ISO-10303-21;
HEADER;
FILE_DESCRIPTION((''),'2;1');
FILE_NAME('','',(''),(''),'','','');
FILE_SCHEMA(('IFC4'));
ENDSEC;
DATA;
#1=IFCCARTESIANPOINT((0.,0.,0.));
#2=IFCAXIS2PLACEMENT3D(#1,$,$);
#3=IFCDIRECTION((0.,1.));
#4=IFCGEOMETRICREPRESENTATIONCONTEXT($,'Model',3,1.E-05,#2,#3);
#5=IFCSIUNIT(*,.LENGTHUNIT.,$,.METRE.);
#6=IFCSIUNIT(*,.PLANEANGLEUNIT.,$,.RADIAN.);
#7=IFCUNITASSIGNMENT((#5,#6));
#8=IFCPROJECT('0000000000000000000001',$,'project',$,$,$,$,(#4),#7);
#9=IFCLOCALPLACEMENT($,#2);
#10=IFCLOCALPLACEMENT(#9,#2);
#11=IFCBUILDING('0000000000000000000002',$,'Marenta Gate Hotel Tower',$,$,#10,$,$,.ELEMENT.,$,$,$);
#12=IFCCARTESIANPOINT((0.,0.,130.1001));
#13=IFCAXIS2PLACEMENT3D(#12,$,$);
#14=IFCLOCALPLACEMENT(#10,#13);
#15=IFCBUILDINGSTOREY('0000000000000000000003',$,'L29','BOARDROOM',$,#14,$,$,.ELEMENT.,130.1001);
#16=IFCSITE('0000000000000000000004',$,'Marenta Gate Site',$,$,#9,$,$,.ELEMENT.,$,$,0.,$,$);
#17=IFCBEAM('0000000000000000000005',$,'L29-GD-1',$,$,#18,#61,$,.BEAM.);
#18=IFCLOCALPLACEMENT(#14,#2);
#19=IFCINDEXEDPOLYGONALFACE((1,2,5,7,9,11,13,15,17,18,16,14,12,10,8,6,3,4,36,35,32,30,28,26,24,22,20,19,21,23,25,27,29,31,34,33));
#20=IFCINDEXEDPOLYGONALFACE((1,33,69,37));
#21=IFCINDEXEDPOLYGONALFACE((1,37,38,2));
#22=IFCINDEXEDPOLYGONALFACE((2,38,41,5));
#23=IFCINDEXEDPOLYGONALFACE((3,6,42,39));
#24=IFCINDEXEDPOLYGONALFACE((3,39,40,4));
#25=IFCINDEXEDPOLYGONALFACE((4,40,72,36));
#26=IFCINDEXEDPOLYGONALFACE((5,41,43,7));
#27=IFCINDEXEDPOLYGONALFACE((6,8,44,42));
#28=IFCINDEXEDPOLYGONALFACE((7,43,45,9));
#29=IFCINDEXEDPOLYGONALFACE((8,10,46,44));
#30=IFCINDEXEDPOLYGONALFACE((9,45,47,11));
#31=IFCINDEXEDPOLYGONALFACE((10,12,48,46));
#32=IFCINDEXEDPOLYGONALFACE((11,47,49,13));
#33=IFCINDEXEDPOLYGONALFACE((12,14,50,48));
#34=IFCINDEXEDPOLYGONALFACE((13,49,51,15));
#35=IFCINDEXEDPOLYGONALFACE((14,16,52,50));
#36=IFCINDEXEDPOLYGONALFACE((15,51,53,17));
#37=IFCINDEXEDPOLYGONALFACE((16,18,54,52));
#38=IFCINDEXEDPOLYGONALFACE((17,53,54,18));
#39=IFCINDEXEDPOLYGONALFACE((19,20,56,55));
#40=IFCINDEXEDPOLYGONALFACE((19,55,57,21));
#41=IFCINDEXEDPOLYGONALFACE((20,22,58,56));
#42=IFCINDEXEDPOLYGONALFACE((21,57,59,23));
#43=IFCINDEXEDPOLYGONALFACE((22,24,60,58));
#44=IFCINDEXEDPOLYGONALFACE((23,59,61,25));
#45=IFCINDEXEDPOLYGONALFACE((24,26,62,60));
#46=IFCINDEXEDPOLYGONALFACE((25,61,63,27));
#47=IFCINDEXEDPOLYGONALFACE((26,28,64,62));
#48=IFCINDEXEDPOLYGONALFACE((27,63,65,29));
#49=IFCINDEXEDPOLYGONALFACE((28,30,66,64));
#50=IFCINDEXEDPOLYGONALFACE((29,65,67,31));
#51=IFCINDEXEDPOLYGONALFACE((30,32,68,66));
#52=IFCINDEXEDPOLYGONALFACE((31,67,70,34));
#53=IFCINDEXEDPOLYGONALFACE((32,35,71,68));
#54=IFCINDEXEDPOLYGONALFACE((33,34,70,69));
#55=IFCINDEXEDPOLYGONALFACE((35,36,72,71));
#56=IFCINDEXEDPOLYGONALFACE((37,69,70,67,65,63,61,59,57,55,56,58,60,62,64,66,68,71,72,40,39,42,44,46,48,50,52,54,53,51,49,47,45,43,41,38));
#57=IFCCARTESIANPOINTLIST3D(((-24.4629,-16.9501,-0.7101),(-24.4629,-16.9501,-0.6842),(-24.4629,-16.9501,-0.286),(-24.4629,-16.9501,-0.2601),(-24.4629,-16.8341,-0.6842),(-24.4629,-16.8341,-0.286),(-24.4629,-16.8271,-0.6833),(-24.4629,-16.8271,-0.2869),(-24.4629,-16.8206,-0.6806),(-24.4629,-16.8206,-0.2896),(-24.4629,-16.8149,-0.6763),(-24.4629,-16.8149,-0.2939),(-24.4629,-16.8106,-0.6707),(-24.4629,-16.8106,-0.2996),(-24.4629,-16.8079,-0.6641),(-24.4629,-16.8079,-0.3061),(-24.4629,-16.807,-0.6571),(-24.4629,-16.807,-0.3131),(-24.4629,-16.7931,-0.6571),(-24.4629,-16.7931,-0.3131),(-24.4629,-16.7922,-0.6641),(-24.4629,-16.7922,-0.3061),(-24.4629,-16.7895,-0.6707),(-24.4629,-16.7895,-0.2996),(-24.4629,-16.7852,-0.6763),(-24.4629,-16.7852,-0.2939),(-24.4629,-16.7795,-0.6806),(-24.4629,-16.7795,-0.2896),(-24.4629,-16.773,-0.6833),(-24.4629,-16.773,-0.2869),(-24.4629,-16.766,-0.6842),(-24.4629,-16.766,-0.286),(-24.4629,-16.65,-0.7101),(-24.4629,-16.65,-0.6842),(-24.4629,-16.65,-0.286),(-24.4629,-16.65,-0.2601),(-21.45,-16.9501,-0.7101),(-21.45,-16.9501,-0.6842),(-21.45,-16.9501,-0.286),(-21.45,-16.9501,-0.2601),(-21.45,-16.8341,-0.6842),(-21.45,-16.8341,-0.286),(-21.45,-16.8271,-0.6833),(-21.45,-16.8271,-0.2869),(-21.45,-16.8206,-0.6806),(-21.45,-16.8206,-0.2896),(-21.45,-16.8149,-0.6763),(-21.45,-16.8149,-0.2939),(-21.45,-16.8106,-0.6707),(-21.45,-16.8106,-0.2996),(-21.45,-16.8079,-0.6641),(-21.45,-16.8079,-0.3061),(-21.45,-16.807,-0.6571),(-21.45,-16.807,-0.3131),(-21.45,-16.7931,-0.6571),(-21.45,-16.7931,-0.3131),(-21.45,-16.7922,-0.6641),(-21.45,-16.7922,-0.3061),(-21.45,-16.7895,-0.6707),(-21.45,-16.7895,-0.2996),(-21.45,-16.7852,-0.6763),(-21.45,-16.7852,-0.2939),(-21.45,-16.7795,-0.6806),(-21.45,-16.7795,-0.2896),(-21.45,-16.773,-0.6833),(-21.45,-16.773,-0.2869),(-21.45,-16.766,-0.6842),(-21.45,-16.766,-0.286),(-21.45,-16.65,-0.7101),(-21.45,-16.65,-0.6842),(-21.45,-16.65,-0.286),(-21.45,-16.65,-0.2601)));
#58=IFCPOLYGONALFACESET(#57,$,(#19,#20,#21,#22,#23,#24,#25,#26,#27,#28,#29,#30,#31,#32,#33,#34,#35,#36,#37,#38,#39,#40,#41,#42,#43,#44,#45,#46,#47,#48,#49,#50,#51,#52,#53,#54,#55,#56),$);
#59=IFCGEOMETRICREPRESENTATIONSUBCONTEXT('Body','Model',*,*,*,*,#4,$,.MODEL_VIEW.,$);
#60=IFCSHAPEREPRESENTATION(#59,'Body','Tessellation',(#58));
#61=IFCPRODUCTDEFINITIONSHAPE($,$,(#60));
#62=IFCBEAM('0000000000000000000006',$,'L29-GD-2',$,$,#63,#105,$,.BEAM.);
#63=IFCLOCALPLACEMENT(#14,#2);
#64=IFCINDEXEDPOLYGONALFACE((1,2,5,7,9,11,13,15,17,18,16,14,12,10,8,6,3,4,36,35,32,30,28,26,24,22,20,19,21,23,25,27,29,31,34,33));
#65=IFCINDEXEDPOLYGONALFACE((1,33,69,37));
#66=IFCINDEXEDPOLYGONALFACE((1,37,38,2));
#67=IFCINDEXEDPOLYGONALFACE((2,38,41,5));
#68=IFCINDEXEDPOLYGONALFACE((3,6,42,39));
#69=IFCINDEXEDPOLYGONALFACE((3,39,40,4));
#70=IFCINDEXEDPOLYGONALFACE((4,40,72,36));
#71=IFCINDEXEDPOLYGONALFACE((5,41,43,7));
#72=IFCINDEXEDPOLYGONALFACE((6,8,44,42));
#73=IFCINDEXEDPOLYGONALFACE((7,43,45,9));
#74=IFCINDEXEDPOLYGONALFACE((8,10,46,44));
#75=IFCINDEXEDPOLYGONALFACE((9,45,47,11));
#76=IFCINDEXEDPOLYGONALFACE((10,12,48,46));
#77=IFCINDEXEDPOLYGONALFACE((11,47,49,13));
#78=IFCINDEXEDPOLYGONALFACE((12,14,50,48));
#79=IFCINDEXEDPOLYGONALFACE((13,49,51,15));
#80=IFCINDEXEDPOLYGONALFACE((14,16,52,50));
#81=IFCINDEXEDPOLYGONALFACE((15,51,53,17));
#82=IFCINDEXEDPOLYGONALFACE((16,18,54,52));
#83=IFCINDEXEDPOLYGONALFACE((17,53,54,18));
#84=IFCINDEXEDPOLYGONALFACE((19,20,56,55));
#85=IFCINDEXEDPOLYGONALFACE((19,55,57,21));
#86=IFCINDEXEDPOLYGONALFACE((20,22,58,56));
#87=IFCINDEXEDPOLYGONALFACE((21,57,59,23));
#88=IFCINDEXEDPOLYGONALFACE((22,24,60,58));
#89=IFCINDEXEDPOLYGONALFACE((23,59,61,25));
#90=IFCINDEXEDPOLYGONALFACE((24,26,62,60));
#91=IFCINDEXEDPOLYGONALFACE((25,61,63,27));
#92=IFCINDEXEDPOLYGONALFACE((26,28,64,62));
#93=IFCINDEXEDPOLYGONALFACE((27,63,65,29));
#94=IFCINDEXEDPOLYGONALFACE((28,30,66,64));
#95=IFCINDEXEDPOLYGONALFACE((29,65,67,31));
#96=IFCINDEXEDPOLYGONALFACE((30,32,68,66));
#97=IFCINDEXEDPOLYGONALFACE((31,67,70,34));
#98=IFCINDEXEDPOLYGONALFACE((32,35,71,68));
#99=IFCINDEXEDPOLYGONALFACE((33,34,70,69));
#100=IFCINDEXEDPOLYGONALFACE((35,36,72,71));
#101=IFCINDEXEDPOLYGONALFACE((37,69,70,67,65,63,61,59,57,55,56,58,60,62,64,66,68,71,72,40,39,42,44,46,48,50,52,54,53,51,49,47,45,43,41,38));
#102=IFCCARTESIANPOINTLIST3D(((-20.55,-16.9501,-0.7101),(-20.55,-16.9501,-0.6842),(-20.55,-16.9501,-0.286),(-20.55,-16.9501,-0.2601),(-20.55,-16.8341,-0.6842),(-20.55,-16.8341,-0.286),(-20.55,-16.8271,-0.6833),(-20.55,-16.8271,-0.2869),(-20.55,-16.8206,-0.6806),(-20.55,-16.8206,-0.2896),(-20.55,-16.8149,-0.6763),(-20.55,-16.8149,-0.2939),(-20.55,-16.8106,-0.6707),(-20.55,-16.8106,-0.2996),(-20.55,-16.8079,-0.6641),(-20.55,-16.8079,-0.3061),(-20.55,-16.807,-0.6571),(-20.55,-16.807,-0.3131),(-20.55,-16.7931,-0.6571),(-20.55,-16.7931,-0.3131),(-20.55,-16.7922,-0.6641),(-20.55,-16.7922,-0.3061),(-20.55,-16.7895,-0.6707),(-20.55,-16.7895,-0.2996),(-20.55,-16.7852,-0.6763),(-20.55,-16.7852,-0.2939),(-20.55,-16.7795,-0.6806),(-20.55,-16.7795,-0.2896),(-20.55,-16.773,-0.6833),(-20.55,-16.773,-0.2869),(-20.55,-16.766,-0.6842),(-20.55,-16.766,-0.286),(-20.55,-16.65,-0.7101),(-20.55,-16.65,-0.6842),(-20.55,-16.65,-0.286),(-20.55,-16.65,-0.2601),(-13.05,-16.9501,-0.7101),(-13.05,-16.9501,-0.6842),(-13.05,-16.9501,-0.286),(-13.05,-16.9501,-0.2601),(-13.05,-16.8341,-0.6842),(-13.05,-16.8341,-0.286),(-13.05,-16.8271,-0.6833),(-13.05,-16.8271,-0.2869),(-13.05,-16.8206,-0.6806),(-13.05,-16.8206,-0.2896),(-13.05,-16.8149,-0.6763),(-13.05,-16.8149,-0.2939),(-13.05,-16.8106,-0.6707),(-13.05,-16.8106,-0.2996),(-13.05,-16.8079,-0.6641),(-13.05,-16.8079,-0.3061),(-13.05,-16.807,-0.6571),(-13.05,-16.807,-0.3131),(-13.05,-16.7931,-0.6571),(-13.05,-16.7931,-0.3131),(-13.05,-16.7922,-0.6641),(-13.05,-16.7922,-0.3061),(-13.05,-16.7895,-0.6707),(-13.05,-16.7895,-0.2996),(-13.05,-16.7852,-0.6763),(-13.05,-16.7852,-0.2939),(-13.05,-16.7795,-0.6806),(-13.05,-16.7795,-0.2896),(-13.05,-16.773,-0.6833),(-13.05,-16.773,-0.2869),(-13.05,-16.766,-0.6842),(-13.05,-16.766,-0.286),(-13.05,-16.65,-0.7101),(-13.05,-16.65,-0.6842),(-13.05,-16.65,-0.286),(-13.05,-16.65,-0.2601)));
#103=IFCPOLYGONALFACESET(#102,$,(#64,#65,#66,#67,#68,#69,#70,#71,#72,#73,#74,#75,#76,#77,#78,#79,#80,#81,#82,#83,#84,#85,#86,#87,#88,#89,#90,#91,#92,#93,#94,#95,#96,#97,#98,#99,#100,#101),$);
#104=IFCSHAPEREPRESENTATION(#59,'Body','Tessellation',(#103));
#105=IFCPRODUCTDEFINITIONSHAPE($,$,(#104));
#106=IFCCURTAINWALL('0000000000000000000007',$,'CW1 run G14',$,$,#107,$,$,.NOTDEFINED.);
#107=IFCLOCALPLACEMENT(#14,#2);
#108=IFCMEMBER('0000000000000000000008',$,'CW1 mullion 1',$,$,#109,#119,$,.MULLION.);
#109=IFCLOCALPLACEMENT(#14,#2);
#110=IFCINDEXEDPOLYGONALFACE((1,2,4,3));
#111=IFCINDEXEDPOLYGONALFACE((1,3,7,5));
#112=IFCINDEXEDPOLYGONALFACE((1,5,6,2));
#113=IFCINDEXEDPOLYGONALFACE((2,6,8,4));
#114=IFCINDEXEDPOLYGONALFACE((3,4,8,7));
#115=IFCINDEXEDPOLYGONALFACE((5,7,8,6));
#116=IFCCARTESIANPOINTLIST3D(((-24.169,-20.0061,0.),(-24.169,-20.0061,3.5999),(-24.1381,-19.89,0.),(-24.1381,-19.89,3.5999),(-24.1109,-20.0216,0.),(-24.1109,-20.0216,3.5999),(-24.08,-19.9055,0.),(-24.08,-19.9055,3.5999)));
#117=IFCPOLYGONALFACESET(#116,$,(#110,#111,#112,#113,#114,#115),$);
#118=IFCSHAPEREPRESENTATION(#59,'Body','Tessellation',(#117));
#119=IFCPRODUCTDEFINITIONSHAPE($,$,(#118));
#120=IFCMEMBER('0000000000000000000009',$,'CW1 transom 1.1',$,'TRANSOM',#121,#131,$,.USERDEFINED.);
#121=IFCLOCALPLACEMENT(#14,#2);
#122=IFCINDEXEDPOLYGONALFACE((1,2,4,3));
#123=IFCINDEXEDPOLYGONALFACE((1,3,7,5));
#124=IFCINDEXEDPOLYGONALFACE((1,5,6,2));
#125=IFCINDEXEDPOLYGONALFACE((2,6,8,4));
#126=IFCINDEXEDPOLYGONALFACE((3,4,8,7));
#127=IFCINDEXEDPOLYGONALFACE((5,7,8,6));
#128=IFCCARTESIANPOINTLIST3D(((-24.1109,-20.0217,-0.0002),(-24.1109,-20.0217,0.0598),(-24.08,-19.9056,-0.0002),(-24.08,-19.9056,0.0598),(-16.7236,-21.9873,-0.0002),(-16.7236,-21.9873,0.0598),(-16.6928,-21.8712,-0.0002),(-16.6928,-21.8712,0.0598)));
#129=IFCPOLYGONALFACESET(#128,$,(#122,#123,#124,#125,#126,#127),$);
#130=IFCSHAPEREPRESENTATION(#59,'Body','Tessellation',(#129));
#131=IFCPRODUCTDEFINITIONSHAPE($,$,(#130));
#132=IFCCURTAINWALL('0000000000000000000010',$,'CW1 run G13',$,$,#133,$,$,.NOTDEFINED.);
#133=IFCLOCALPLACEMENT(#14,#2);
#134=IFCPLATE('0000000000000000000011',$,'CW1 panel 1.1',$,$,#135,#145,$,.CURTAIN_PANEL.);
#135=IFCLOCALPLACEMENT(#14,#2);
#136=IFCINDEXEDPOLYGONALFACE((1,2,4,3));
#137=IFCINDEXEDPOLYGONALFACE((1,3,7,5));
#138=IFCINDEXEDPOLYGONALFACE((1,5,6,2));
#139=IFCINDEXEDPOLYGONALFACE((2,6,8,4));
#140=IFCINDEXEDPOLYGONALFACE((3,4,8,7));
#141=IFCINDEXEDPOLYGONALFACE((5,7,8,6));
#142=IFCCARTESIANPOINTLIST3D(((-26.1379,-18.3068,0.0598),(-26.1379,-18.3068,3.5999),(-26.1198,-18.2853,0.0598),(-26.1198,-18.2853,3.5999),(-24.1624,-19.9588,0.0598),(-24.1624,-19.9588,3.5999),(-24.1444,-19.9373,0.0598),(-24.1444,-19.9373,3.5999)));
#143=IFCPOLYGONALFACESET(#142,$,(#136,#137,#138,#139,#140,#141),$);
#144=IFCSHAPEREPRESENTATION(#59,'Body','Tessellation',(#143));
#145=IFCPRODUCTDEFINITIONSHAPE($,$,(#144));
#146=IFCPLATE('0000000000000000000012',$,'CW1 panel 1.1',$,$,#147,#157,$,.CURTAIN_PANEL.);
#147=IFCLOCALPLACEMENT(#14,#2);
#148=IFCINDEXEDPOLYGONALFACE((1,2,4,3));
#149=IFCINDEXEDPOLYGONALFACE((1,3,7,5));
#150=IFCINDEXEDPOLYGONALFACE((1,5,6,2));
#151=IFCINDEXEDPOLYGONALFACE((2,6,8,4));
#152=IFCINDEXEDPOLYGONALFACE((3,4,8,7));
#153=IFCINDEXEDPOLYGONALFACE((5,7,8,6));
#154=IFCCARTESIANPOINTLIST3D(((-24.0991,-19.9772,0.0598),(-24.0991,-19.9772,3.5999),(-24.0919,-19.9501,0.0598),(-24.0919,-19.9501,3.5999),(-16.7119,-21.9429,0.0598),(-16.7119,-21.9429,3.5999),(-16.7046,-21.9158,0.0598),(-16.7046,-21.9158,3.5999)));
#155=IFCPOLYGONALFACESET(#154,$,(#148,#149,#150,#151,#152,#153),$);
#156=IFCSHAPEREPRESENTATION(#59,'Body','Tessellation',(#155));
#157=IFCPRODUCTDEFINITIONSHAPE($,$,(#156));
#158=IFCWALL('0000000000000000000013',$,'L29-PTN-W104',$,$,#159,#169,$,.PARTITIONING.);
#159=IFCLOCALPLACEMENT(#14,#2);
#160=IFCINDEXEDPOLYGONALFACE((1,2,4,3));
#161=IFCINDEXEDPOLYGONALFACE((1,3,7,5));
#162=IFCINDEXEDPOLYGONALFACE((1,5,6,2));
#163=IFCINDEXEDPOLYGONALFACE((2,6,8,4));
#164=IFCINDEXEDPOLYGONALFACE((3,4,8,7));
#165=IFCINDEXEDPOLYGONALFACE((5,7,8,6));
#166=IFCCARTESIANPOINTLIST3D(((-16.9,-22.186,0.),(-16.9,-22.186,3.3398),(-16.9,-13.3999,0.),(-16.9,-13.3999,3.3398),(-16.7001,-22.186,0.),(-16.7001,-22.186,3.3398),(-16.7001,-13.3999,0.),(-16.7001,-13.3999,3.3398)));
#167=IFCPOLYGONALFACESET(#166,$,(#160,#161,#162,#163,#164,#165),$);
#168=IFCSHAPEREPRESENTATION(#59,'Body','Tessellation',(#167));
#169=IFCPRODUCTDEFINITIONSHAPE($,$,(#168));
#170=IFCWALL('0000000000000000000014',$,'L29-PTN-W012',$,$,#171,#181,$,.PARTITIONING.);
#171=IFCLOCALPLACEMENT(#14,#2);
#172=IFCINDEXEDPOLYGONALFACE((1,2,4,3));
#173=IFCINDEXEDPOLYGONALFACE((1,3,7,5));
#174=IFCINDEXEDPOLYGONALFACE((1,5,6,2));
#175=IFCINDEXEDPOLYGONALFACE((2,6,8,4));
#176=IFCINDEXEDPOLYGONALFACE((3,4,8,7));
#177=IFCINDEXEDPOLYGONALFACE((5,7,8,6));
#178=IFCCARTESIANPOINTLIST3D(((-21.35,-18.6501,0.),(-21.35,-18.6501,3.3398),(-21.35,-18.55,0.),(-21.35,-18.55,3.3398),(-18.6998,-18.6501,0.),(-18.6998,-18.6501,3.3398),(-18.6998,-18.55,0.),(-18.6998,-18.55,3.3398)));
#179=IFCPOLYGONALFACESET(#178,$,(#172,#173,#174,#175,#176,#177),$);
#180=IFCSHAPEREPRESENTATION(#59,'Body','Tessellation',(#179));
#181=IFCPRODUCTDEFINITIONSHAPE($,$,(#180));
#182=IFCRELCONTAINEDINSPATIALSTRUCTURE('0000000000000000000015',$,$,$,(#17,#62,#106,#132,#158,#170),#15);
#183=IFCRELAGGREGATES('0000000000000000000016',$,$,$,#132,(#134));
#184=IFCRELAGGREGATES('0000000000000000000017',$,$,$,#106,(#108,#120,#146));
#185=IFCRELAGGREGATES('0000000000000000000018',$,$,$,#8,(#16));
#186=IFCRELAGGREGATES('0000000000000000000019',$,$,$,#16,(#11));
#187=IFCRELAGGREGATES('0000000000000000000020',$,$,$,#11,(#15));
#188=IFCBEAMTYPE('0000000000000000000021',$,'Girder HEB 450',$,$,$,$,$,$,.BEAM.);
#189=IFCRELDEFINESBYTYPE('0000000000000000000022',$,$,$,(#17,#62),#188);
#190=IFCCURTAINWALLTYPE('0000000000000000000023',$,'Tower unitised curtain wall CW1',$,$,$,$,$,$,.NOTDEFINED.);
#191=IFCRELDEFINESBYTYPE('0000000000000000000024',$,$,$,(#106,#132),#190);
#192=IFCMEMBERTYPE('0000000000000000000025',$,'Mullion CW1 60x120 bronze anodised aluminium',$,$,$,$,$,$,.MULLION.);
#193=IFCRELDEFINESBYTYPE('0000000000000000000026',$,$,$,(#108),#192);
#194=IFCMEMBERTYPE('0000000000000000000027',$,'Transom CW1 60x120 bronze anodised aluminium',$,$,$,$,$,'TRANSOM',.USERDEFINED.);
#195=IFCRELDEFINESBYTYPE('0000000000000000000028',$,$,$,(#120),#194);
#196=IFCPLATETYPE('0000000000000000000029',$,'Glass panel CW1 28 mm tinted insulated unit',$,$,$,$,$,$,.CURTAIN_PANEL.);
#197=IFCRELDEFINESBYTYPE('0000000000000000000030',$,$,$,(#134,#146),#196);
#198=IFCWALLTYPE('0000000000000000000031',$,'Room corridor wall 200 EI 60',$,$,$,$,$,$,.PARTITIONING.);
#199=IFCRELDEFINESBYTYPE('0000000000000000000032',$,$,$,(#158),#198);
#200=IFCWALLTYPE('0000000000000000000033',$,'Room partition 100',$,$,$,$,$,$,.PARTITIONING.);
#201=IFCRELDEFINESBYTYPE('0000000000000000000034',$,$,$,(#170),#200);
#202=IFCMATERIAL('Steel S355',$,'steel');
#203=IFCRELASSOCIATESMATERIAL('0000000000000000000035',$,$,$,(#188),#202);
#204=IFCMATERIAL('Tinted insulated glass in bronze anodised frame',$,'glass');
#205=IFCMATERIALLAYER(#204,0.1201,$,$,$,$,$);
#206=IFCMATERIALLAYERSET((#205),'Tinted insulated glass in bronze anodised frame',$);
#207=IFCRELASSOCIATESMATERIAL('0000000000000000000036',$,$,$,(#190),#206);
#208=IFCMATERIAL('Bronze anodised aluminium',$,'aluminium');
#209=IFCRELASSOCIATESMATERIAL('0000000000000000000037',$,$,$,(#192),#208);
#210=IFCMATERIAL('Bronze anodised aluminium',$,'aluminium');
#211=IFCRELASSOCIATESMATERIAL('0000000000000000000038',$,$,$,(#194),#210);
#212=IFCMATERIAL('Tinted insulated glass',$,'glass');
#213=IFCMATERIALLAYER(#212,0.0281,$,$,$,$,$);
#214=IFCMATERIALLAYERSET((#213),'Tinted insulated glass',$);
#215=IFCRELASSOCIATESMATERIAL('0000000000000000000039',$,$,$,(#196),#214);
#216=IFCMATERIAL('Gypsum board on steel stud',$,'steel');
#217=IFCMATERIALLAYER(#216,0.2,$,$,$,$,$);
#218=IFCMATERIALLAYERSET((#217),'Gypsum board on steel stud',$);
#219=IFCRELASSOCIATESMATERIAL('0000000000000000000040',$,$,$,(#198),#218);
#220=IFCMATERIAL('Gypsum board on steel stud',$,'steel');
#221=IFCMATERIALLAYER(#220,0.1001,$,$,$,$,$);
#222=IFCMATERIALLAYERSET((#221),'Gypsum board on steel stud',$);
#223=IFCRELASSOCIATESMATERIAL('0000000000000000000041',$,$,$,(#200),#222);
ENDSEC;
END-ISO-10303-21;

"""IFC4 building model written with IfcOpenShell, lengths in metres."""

from ifc_helpers import new_model, si_unit, direction, frame, frame_2d, origin, origin_2d, place, context, subcontext, project, spatial, rectangle, i_section, extrude, material, layer, layer_set, material_profile, profile_set, type_object, element, aggregate, save


model = new_model("IFC4")

# Units and contexts
model_context = context("Model", 3, precision=1e-05, world=origin(), true_north=direction((0.0, 1.0)))
body_context = subcontext(model_context, "Body", "Model", "MODEL_VIEW")
ifc_project = project(units=[si_unit("LENGTHUNIT", "METRE"), si_unit("PLANEANGLEUNIT", "RADIAN")], contexts=[model_context])

# Site, building, storey
site_placement = place(None, origin())
site = spatial("IfcSite", under=ifc_project, at=site_placement, Name="Marenta Gate Site", CompositionType="ELEMENT", RefElevation=0.0)
building_placement = place(site_placement, origin())
building = spatial("IfcBuilding", under=site, at=building_placement, Name="Marenta Gate Hotel Tower", CompositionType="ELEMENT")
storey_placement = place(building_placement, frame((0.0, 0.0, 130.1001)))
storey = spatial("IfcBuildingStorey", under=building, at=storey_placement, Name="L29", Description="BOARDROOM", CompositionType="ELEMENT", Elevation=130.1001)

# Beams
ifc_material_1 = material(Name="Steel S355", Category="steel")
ifc_material_profile_1 = material_profile(ifc_material_1, i_section(OverallWidth=0.3, OverallDepth=0.45, WebThickness=0.0139, FlangeThickness=0.0259, FilletRadius=0.0271, at=origin_2d()), Name="HEB 450")
ifc_profile_set_1 = profile_set([ifc_material_profile_1], Name="Steel S355")
beam_type_1 = type_object("IfcBeamType", Name="Girder HEB 450", PredefinedType="BEAM", material=ifc_profile_set_1)
beam_1_placement = place(storey_placement, frame((-24.4629, -16.8, -0.4851), z_axis=(1.0, 0.0, 0.0), x_axis=(0.0, 1.0, 0.0)))
element("IfcBeam", 1, at=beam_1_placement, inside=storey, type_object=beam_type_1, Name="L29-GD-1", PredefinedType="BEAM", context=body_context, shape_type="SweptSolid", body=[
    extrude(i_section(OverallWidth=0.3, OverallDepth=0.45, WebThickness=0.0139, FlangeThickness=0.0259, FilletRadius=0.0271, at=origin_2d()), origin(), (0.0, 0.0, 1.0), 3.0129),
])
beam_2_placement = place(storey_placement, frame((-20.55, -16.8, -0.4851), z_axis=(1.0, 0.0, 0.0), x_axis=(0.0, 1.0, 0.0)))
element("IfcBeam", 2, at=beam_2_placement, inside=storey, type_object=beam_type_1, Name="L29-GD-2", PredefinedType="BEAM", context=body_context, shape_type="SweptSolid", body=[
    extrude(i_section(OverallWidth=0.3, OverallDepth=0.45, WebThickness=0.0139, FlangeThickness=0.0259, FilletRadius=0.0271, at=origin_2d()), origin(), (0.0, 0.0, 1.0), 7.5),
])

# Curtain wall, members
ifc_material_2 = material(Name="Tinted insulated glass in bronze anodised frame", Category="glass")
ifc_layer_1 = layer(ifc_material_2, 0.1201)
ifc_layer_set_1 = layer_set([ifc_layer_1], Name="Tinted insulated glass in bronze anodised frame")
curtain_wall_type = type_object("IfcCurtainWallType", Name="Tower unitised curtain wall CW1", PredefinedType="NOTDEFINED", material=ifc_layer_set_1)
curtain_wall_1_placement = place(storey_placement, origin())
curtain_wall_1 = element("IfcCurtainWall", 3, at=curtain_wall_1_placement, inside=storey, type_object=curtain_wall_type, Name="CW1 run G14", PredefinedType="NOTDEFINED")
ifc_material_3 = material(Name="Bronze anodised aluminium", Category="aluminium")
ifc_material_profile_2 = material_profile(ifc_material_3, rectangle(XDim=0.1201, YDim=0.0601, at=origin_2d()), Name="Mullion CW1 60x120 bronze anodised aluminium")
ifc_profile_set_2 = profile_set([ifc_material_profile_2], Name="Bronze anodised aluminium")
member_type_1 = type_object("IfcMemberType", Name="Mullion CW1 60x120 bronze anodised aluminium", PredefinedType="MULLION", material=ifc_profile_set_2)
member_1_placement = place(storey_placement, frame((-24.1245, -19.9558, 0.0), z_axis=(0.0, 0.0, 1.0), x_axis=(0.257146, 0.966372, 0.0)))
member_1 = element("IfcMember", 4, at=member_1_placement, type_object=member_type_1, Name="CW1 mullion 1", PredefinedType="MULLION", context=body_context, shape_type="SweptSolid", body=[
    extrude(rectangle(XDim=0.1201, YDim=0.0601, at=origin_2d()), origin(), (0.0, 0.0, 1.0), 3.5999),
])
ifc_material_4 = material(Name="Bronze anodised aluminium", Category="aluminium")
ifc_material_profile_3 = material_profile(ifc_material_4, rectangle(XDim=0.1201, YDim=0.0601, at=origin_2d()), Name="Transom CW1 60x120 bronze anodised aluminium")
ifc_profile_set_3 = profile_set([ifc_material_profile_3], Name="Bronze anodised aluminium")
member_type_2 = type_object("IfcMemberType", Name="Transom CW1 60x120 bronze anodised aluminium", ElementType="TRANSOM", PredefinedType="USERDEFINED", material=ifc_profile_set_3)
member_2_placement = place(storey_placement, frame((-24.0955, -19.9636, 0.0298), z_axis=(0.966376, -0.257132, 0.0), x_axis=(0.257132, 0.966376, 0.0)))
member_2 = element("IfcMember", 5, at=member_2_placement, type_object=member_type_2, Name="CW1 transom 1.1", ObjectType="TRANSOM", PredefinedType="USERDEFINED", context=body_context, shape_type="SweptSolid", body=[
    extrude(rectangle(XDim=0.1201, YDim=0.0601, at=origin_2d()), origin(), (0.0, 0.0, 1.0), 7.6443),
])

# Curtain wall, plate
curtain_wall_2_placement = place(storey_placement, origin())
curtain_wall_2 = element("IfcCurtainWall", 6, at=curtain_wall_2_placement, inside=storey, type_object=curtain_wall_type, Name="CW1 run G13", PredefinedType="NOTDEFINED")
ifc_material_5 = material(Name="Tinted insulated glass", Category="glass")
ifc_layer_2 = layer(ifc_material_5, 0.0281)
ifc_layer_set_2 = layer_set([ifc_layer_2], Name="Tinted insulated glass")
plate_type = type_object("IfcPlateType", Name="Glass panel CW1 28 mm tinted insulated unit", PredefinedType="CURTAIN_PANEL", material=ifc_layer_set_2)
plate_1_placement = place(storey_placement, frame((-25.1411, -19.1221, 0.0598), z_axis=(0.0, 0.0, 1.0), x_axis=(0.767113, -0.641512, 0.0)))
plate_1 = element("IfcPlate", 7, at=plate_1_placement, type_object=plate_type, Name="CW1 panel 1.1", PredefinedType="CURTAIN_PANEL", context=body_context, shape_type="SweptSolid", body=[
    extrude(rectangle(XDim=2.5752, YDim=0.0281, at=origin_2d()), origin(), (0.0, 0.0, 1.0), 3.54),
])
aggregate(curtain_wall_2, [plate_1])

# Plate
plate_2_placement = place(storey_placement, frame((-20.4019, -20.9465, 0.0598), z_axis=(0.0, 0.0, 1.0), x_axis=(0.966372, -0.257146, 0.0)))
plate_2 = element("IfcPlate", 8, at=plate_2_placement, type_object=plate_type, Name="CW1 panel 1.1", PredefinedType="CURTAIN_PANEL", context=body_context, shape_type="SweptSolid", body=[
    extrude(rectangle(XDim=7.6443, YDim=0.0281, at=origin_2d()), origin(), (0.0, 0.0, 1.0), 3.54),
])
aggregate(curtain_wall_1, [member_1, member_2, plate_2])

# Wall
ifc_material_6 = material(Name="Gypsum board on steel stud", Category="steel")
ifc_layer_3 = layer(ifc_material_6, 0.2)
ifc_layer_set_3 = layer_set([ifc_layer_3], Name="Gypsum board on steel stud")
wall_type_1 = type_object("IfcWallType", Name="Room corridor wall 200 EI 60", PredefinedType="PARTITIONING", material=ifc_layer_set_3)
wall_1_placement = place(storey_placement, frame((-16.8, -22.186, 0.0), z_axis=(0.0, 0.0, 1.0), x_axis=(0.0, 1.0, 0.0)))
element("IfcWall", 9, at=wall_1_placement, inside=storey, type_object=wall_type_1, Name="L29-PTN-W104", PredefinedType="PARTITIONING", context=body_context, shape_type="SweptSolid", body=[
    extrude(rectangle(XDim=8.7861, YDim=0.2, at=frame_2d((4.3931, 0.0))), origin(), (0.0, 0.0, 1.0), 3.3398),
])

# Wall
ifc_material_7 = material(Name="Gypsum board on steel stud", Category="steel")
ifc_layer_4 = layer(ifc_material_7, 0.1001)
ifc_layer_set_4 = layer_set([ifc_layer_4], Name="Gypsum board on steel stud")
wall_type_2 = type_object("IfcWallType", Name="Room partition 100", PredefinedType="PARTITIONING", material=ifc_layer_set_4)
wall_2_placement = place(storey_placement, frame((-21.3501, -18.6001, 0.0), z_axis=(0.0, 0.0, 1.0), x_axis=(1.0, 0.0, 0.0)))
element("IfcWall", 10, at=wall_2_placement, inside=storey, type_object=wall_type_2, Name="L29-PTN-W012", PredefinedType="PARTITIONING", context=body_context, shape_type="SweptSolid", body=[
    extrude(rectangle(XDim=2.6501, YDim=0.1001, at=frame_2d((1.3252, 0.0))), origin(), (0.0, 0.0, 1.0), 3.3398),
])

save(model, "model.ifc")
